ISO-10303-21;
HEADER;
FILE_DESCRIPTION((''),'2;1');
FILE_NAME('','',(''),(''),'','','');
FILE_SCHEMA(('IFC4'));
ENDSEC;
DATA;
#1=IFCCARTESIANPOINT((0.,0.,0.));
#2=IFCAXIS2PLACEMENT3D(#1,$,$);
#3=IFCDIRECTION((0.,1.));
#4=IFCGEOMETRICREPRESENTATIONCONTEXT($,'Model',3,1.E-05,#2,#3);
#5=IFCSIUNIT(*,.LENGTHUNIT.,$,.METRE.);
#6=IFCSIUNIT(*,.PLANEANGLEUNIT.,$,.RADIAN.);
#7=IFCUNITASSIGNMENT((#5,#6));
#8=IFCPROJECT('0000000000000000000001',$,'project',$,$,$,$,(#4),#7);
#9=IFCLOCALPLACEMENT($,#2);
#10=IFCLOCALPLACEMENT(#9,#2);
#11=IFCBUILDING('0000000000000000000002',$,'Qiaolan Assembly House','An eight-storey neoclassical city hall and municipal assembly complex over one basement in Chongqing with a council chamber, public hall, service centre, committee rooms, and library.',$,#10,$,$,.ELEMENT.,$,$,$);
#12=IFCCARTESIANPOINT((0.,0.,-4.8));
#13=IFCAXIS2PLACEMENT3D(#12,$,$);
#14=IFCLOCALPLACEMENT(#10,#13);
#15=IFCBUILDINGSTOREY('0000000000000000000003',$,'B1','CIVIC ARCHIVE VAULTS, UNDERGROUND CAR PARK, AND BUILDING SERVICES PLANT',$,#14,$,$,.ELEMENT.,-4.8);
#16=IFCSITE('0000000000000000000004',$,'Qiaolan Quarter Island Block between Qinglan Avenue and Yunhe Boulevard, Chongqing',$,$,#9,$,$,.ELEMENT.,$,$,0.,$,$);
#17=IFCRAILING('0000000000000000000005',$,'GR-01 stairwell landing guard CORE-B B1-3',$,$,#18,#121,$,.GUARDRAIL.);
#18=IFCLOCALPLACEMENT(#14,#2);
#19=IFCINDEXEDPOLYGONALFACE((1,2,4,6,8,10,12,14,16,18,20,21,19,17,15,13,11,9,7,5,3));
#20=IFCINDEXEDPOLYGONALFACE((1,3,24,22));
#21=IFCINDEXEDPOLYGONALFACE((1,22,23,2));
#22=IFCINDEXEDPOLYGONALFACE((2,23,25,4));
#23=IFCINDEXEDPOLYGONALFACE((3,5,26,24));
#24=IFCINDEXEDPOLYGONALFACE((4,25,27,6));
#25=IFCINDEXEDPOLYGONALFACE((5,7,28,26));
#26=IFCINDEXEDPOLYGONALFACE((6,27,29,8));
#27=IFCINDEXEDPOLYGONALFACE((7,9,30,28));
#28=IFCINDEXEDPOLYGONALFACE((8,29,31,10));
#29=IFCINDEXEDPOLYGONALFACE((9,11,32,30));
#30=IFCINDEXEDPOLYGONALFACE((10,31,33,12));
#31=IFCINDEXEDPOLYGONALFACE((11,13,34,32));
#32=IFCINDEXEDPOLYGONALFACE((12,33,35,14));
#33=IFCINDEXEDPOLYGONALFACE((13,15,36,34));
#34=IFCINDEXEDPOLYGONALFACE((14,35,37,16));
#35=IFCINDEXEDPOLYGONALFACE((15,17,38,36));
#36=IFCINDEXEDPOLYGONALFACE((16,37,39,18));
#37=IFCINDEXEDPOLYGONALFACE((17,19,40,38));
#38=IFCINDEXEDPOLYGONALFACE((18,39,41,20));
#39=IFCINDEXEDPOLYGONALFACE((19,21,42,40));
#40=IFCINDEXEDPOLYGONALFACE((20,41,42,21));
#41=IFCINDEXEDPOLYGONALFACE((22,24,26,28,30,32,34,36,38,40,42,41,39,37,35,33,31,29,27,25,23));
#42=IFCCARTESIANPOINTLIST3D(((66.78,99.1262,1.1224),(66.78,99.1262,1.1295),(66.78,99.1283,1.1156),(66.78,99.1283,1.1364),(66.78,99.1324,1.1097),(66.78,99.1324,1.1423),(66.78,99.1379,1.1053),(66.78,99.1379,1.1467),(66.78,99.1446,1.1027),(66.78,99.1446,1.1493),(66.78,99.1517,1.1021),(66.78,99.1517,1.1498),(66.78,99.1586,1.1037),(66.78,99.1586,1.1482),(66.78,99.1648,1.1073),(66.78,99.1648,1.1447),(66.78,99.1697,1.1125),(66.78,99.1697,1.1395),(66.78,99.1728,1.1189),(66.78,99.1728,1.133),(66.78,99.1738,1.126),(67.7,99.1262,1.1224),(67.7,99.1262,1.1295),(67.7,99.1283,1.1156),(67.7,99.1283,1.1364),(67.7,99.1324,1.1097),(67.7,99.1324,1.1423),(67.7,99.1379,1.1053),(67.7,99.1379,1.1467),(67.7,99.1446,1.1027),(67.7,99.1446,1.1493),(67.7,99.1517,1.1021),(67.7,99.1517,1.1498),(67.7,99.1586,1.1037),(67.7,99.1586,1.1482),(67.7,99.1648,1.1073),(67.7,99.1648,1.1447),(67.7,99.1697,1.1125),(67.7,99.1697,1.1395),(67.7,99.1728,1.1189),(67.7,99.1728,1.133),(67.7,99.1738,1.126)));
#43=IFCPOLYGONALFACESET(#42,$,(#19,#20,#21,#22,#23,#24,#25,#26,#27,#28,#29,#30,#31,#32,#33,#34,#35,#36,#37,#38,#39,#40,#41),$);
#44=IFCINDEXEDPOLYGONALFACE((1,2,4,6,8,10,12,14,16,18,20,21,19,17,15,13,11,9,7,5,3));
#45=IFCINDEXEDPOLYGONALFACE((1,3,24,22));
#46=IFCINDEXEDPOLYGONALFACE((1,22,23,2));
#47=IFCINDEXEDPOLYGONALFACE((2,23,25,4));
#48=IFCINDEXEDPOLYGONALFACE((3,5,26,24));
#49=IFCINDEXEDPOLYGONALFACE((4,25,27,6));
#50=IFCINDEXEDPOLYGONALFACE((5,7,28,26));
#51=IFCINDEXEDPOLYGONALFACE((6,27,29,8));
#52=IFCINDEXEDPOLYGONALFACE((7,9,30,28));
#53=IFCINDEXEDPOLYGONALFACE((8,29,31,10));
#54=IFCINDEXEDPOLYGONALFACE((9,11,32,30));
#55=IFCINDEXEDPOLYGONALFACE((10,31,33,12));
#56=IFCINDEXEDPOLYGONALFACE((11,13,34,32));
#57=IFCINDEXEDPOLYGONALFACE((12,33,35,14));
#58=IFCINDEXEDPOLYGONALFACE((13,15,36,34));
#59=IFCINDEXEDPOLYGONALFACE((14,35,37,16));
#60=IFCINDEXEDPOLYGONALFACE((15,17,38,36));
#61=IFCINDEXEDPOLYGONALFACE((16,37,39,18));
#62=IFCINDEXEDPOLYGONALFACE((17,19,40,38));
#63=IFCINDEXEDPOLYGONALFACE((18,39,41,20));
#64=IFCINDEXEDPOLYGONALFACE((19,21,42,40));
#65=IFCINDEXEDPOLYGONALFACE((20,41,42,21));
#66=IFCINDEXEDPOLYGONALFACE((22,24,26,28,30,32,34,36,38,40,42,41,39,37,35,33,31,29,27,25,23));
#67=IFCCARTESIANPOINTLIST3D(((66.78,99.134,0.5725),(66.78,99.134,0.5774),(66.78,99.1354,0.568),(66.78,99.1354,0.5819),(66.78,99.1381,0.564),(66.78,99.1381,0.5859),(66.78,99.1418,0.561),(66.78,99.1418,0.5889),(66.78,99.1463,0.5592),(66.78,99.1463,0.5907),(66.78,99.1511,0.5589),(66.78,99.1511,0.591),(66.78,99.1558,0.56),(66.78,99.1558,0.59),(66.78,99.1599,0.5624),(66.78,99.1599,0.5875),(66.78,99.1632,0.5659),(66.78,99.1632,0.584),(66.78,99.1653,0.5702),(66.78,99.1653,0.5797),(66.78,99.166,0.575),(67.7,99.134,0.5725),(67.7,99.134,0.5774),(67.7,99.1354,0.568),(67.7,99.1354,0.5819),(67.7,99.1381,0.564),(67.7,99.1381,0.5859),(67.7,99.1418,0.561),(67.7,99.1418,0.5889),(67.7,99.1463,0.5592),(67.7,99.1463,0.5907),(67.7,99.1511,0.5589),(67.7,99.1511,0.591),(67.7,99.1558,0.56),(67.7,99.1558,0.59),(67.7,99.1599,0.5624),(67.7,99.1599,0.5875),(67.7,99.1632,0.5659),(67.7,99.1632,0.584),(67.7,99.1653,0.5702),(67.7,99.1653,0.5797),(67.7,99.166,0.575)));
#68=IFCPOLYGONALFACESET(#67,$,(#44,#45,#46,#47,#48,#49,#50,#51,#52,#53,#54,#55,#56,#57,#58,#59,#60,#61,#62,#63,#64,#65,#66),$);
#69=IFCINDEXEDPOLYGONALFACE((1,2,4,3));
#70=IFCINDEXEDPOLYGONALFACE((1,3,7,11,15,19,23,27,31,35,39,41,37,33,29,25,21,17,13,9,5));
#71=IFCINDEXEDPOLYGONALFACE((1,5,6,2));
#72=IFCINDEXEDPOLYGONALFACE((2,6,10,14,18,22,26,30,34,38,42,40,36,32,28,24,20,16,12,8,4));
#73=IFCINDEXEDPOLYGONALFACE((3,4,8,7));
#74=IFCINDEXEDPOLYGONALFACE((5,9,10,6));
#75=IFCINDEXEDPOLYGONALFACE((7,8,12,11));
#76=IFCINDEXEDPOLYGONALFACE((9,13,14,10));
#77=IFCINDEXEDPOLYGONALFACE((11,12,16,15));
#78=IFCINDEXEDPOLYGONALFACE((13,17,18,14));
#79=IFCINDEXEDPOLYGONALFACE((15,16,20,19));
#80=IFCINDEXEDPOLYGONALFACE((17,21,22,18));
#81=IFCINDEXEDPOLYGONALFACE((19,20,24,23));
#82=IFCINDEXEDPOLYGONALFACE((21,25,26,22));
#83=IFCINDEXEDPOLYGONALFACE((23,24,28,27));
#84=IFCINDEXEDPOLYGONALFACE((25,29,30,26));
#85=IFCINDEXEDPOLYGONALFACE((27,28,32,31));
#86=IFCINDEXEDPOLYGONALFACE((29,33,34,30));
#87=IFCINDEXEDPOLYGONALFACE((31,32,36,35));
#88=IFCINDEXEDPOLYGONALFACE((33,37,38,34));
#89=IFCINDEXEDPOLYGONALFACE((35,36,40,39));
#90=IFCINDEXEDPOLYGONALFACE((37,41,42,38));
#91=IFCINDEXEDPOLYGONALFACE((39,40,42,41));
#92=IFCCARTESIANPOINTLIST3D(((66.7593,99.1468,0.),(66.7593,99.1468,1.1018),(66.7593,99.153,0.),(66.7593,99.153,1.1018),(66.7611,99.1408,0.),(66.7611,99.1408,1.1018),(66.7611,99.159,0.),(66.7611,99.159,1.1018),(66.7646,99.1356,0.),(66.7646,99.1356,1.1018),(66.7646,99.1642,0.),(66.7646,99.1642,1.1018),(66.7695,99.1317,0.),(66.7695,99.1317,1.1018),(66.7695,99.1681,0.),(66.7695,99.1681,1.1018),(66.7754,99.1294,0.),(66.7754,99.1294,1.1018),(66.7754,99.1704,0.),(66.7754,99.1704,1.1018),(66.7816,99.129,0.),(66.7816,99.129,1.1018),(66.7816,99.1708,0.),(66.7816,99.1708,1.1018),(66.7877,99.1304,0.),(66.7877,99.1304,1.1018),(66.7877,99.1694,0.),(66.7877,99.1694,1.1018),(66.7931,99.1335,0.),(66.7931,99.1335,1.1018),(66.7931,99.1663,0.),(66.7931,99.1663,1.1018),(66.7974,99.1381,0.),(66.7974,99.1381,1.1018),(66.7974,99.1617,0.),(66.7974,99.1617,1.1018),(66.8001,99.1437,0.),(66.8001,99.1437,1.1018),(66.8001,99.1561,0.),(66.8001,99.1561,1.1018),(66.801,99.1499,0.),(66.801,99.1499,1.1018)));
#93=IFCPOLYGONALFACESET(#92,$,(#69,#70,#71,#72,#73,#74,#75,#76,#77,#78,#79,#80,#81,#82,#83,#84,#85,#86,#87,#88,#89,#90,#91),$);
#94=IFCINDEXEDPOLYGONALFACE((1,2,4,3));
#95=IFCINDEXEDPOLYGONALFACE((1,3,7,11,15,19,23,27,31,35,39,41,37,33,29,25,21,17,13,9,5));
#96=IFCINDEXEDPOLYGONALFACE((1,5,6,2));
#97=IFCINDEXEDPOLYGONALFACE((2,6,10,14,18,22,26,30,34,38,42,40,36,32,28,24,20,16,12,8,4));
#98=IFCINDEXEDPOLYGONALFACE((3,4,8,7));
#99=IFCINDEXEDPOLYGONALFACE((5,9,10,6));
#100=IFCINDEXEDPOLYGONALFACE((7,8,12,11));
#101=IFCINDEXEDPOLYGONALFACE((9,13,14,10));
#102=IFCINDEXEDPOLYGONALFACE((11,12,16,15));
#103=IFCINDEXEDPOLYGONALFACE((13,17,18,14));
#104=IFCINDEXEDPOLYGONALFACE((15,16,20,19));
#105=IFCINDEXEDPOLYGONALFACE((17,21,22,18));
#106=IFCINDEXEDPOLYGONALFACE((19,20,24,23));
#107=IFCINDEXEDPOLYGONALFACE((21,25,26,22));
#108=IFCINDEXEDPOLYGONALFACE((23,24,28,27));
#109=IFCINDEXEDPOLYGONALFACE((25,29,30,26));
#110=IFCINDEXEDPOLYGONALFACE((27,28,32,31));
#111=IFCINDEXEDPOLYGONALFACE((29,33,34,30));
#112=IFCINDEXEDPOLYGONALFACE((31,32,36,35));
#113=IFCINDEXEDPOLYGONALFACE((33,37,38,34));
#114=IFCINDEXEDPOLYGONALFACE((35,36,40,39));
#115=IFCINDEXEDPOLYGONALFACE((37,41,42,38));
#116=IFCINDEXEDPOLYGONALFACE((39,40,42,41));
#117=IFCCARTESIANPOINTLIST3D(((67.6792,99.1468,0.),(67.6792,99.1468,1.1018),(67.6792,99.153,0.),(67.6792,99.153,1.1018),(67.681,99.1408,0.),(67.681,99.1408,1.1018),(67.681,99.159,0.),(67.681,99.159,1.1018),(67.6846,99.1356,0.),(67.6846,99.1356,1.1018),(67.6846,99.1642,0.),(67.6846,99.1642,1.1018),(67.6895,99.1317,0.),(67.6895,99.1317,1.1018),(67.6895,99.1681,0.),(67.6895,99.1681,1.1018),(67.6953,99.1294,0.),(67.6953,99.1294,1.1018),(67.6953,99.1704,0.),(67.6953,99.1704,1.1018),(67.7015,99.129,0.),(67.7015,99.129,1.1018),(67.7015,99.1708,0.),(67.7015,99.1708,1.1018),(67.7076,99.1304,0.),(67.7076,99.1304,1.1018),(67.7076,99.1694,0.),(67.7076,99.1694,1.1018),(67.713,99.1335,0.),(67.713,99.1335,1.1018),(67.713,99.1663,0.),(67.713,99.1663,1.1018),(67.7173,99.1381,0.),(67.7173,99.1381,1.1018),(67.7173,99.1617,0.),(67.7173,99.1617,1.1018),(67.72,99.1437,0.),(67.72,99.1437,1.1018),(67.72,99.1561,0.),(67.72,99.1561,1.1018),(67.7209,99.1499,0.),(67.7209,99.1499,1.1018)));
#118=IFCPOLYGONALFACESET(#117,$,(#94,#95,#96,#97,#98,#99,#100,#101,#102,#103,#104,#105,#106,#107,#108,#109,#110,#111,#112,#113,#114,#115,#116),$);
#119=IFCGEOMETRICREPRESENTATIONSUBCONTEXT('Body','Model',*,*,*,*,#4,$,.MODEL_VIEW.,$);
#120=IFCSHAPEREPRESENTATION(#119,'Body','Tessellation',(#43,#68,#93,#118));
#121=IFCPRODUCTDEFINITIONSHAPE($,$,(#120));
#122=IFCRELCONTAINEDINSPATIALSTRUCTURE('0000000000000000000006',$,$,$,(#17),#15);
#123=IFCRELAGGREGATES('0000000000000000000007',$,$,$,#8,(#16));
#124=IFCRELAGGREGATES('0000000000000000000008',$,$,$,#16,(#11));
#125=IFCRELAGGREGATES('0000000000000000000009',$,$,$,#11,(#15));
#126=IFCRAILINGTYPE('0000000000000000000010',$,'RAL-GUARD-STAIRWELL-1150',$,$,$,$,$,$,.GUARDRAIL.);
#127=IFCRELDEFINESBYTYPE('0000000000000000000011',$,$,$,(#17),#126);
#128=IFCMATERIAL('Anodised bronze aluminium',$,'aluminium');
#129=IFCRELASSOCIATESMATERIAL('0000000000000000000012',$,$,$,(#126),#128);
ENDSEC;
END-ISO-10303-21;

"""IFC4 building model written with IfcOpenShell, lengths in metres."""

from ifc_helpers import new_model, si_unit, direction, frame, origin, origin_2d, place, context, subcontext, project, spatial, circle, extrude, material, type_object, element, save


model = new_model("IFC4")

# Units and contexts
model_context = context("Model", 3, precision=1e-05, world=origin(), true_north=direction((0.0, 1.0)))
body_context = subcontext(model_context, "Body", "Model", "MODEL_VIEW")
ifc_project = project(units=[si_unit("LENGTHUNIT", "METRE"), si_unit("PLANEANGLEUNIT", "RADIAN")], contexts=[model_context])

# Site, building, storey
site_placement = place(None, origin())
site = spatial("IfcSite", under=ifc_project, at=site_placement, Name="Qiaolan Quarter Island Block between Qinglan Avenue and Yunhe Boulevard, Chongqing", CompositionType="ELEMENT", RefElevation=0.0)
building_placement = place(site_placement, origin())
building = spatial("IfcBuilding", under=site, at=building_placement, Name="Qiaolan Assembly House", Description="An eight-storey neoclassical city hall and municipal assembly complex over one basement in Chongqing with a council chamber, public hall, service centre, committee rooms, and library.", CompositionType="ELEMENT")
storey_placement = place(building_placement, frame((0.0, 0.0, -4.8)))
storey = spatial("IfcBuildingStorey", under=building, at=storey_placement, Name="B1", Description="CIVIC ARCHIVE VAULTS, UNDERGROUND CAR PARK, AND BUILDING SERVICES PLANT", CompositionType="ELEMENT", Elevation=-4.8)

# Shared definitions
ifc_material_1 = material(Name="Anodised bronze aluminium", Category="aluminium")

# Railing
railing_type_1 = type_object("IfcRailingType", Name="RAL-GUARD-STAIRWELL-1150", PredefinedType="GUARDRAIL", material=ifc_material_1)
for number, where, name in (
    (1, (66.78, 99.1499, 0.0), "GR-01 stairwell landing guard CORE-B B1-3"),
):
    element("IfcRailing", number, at=place(storey_placement, frame(where)), inside=storey, type_object=railing_type_1, Name=name, PredefinedType="GUARDRAIL", context=body_context, shape_type="SweptSolid", body=[
        extrude(circle(Radius=0.0239, at=origin_2d()), frame((0.0, 0.0, 1.126), z_axis=(1.0, 0.0, 0.0), x_axis=(0.0, 1.0, 0.0)), (0.0, 0.0, 1.0), 0.9199),
        extrude(circle(Radius=0.0161, at=origin_2d()), frame((0.0, 0.0, 0.575), z_axis=(1.0, 0.0, 0.0), x_axis=(0.0, 1.0, 0.0)), (0.0, 0.0, 1.0), 0.9199),
        extrude(circle(Radius=0.021, at=origin_2d()), origin(), (0.0, 0.0, 1.0), 1.1018),
        extrude(circle(Radius=0.021, at=origin_2d()), frame((0.9199, 0.0, 0.0)), (0.0, 0.0, 1.0), 1.1018),
    ])

save(model, "model.ifc")
